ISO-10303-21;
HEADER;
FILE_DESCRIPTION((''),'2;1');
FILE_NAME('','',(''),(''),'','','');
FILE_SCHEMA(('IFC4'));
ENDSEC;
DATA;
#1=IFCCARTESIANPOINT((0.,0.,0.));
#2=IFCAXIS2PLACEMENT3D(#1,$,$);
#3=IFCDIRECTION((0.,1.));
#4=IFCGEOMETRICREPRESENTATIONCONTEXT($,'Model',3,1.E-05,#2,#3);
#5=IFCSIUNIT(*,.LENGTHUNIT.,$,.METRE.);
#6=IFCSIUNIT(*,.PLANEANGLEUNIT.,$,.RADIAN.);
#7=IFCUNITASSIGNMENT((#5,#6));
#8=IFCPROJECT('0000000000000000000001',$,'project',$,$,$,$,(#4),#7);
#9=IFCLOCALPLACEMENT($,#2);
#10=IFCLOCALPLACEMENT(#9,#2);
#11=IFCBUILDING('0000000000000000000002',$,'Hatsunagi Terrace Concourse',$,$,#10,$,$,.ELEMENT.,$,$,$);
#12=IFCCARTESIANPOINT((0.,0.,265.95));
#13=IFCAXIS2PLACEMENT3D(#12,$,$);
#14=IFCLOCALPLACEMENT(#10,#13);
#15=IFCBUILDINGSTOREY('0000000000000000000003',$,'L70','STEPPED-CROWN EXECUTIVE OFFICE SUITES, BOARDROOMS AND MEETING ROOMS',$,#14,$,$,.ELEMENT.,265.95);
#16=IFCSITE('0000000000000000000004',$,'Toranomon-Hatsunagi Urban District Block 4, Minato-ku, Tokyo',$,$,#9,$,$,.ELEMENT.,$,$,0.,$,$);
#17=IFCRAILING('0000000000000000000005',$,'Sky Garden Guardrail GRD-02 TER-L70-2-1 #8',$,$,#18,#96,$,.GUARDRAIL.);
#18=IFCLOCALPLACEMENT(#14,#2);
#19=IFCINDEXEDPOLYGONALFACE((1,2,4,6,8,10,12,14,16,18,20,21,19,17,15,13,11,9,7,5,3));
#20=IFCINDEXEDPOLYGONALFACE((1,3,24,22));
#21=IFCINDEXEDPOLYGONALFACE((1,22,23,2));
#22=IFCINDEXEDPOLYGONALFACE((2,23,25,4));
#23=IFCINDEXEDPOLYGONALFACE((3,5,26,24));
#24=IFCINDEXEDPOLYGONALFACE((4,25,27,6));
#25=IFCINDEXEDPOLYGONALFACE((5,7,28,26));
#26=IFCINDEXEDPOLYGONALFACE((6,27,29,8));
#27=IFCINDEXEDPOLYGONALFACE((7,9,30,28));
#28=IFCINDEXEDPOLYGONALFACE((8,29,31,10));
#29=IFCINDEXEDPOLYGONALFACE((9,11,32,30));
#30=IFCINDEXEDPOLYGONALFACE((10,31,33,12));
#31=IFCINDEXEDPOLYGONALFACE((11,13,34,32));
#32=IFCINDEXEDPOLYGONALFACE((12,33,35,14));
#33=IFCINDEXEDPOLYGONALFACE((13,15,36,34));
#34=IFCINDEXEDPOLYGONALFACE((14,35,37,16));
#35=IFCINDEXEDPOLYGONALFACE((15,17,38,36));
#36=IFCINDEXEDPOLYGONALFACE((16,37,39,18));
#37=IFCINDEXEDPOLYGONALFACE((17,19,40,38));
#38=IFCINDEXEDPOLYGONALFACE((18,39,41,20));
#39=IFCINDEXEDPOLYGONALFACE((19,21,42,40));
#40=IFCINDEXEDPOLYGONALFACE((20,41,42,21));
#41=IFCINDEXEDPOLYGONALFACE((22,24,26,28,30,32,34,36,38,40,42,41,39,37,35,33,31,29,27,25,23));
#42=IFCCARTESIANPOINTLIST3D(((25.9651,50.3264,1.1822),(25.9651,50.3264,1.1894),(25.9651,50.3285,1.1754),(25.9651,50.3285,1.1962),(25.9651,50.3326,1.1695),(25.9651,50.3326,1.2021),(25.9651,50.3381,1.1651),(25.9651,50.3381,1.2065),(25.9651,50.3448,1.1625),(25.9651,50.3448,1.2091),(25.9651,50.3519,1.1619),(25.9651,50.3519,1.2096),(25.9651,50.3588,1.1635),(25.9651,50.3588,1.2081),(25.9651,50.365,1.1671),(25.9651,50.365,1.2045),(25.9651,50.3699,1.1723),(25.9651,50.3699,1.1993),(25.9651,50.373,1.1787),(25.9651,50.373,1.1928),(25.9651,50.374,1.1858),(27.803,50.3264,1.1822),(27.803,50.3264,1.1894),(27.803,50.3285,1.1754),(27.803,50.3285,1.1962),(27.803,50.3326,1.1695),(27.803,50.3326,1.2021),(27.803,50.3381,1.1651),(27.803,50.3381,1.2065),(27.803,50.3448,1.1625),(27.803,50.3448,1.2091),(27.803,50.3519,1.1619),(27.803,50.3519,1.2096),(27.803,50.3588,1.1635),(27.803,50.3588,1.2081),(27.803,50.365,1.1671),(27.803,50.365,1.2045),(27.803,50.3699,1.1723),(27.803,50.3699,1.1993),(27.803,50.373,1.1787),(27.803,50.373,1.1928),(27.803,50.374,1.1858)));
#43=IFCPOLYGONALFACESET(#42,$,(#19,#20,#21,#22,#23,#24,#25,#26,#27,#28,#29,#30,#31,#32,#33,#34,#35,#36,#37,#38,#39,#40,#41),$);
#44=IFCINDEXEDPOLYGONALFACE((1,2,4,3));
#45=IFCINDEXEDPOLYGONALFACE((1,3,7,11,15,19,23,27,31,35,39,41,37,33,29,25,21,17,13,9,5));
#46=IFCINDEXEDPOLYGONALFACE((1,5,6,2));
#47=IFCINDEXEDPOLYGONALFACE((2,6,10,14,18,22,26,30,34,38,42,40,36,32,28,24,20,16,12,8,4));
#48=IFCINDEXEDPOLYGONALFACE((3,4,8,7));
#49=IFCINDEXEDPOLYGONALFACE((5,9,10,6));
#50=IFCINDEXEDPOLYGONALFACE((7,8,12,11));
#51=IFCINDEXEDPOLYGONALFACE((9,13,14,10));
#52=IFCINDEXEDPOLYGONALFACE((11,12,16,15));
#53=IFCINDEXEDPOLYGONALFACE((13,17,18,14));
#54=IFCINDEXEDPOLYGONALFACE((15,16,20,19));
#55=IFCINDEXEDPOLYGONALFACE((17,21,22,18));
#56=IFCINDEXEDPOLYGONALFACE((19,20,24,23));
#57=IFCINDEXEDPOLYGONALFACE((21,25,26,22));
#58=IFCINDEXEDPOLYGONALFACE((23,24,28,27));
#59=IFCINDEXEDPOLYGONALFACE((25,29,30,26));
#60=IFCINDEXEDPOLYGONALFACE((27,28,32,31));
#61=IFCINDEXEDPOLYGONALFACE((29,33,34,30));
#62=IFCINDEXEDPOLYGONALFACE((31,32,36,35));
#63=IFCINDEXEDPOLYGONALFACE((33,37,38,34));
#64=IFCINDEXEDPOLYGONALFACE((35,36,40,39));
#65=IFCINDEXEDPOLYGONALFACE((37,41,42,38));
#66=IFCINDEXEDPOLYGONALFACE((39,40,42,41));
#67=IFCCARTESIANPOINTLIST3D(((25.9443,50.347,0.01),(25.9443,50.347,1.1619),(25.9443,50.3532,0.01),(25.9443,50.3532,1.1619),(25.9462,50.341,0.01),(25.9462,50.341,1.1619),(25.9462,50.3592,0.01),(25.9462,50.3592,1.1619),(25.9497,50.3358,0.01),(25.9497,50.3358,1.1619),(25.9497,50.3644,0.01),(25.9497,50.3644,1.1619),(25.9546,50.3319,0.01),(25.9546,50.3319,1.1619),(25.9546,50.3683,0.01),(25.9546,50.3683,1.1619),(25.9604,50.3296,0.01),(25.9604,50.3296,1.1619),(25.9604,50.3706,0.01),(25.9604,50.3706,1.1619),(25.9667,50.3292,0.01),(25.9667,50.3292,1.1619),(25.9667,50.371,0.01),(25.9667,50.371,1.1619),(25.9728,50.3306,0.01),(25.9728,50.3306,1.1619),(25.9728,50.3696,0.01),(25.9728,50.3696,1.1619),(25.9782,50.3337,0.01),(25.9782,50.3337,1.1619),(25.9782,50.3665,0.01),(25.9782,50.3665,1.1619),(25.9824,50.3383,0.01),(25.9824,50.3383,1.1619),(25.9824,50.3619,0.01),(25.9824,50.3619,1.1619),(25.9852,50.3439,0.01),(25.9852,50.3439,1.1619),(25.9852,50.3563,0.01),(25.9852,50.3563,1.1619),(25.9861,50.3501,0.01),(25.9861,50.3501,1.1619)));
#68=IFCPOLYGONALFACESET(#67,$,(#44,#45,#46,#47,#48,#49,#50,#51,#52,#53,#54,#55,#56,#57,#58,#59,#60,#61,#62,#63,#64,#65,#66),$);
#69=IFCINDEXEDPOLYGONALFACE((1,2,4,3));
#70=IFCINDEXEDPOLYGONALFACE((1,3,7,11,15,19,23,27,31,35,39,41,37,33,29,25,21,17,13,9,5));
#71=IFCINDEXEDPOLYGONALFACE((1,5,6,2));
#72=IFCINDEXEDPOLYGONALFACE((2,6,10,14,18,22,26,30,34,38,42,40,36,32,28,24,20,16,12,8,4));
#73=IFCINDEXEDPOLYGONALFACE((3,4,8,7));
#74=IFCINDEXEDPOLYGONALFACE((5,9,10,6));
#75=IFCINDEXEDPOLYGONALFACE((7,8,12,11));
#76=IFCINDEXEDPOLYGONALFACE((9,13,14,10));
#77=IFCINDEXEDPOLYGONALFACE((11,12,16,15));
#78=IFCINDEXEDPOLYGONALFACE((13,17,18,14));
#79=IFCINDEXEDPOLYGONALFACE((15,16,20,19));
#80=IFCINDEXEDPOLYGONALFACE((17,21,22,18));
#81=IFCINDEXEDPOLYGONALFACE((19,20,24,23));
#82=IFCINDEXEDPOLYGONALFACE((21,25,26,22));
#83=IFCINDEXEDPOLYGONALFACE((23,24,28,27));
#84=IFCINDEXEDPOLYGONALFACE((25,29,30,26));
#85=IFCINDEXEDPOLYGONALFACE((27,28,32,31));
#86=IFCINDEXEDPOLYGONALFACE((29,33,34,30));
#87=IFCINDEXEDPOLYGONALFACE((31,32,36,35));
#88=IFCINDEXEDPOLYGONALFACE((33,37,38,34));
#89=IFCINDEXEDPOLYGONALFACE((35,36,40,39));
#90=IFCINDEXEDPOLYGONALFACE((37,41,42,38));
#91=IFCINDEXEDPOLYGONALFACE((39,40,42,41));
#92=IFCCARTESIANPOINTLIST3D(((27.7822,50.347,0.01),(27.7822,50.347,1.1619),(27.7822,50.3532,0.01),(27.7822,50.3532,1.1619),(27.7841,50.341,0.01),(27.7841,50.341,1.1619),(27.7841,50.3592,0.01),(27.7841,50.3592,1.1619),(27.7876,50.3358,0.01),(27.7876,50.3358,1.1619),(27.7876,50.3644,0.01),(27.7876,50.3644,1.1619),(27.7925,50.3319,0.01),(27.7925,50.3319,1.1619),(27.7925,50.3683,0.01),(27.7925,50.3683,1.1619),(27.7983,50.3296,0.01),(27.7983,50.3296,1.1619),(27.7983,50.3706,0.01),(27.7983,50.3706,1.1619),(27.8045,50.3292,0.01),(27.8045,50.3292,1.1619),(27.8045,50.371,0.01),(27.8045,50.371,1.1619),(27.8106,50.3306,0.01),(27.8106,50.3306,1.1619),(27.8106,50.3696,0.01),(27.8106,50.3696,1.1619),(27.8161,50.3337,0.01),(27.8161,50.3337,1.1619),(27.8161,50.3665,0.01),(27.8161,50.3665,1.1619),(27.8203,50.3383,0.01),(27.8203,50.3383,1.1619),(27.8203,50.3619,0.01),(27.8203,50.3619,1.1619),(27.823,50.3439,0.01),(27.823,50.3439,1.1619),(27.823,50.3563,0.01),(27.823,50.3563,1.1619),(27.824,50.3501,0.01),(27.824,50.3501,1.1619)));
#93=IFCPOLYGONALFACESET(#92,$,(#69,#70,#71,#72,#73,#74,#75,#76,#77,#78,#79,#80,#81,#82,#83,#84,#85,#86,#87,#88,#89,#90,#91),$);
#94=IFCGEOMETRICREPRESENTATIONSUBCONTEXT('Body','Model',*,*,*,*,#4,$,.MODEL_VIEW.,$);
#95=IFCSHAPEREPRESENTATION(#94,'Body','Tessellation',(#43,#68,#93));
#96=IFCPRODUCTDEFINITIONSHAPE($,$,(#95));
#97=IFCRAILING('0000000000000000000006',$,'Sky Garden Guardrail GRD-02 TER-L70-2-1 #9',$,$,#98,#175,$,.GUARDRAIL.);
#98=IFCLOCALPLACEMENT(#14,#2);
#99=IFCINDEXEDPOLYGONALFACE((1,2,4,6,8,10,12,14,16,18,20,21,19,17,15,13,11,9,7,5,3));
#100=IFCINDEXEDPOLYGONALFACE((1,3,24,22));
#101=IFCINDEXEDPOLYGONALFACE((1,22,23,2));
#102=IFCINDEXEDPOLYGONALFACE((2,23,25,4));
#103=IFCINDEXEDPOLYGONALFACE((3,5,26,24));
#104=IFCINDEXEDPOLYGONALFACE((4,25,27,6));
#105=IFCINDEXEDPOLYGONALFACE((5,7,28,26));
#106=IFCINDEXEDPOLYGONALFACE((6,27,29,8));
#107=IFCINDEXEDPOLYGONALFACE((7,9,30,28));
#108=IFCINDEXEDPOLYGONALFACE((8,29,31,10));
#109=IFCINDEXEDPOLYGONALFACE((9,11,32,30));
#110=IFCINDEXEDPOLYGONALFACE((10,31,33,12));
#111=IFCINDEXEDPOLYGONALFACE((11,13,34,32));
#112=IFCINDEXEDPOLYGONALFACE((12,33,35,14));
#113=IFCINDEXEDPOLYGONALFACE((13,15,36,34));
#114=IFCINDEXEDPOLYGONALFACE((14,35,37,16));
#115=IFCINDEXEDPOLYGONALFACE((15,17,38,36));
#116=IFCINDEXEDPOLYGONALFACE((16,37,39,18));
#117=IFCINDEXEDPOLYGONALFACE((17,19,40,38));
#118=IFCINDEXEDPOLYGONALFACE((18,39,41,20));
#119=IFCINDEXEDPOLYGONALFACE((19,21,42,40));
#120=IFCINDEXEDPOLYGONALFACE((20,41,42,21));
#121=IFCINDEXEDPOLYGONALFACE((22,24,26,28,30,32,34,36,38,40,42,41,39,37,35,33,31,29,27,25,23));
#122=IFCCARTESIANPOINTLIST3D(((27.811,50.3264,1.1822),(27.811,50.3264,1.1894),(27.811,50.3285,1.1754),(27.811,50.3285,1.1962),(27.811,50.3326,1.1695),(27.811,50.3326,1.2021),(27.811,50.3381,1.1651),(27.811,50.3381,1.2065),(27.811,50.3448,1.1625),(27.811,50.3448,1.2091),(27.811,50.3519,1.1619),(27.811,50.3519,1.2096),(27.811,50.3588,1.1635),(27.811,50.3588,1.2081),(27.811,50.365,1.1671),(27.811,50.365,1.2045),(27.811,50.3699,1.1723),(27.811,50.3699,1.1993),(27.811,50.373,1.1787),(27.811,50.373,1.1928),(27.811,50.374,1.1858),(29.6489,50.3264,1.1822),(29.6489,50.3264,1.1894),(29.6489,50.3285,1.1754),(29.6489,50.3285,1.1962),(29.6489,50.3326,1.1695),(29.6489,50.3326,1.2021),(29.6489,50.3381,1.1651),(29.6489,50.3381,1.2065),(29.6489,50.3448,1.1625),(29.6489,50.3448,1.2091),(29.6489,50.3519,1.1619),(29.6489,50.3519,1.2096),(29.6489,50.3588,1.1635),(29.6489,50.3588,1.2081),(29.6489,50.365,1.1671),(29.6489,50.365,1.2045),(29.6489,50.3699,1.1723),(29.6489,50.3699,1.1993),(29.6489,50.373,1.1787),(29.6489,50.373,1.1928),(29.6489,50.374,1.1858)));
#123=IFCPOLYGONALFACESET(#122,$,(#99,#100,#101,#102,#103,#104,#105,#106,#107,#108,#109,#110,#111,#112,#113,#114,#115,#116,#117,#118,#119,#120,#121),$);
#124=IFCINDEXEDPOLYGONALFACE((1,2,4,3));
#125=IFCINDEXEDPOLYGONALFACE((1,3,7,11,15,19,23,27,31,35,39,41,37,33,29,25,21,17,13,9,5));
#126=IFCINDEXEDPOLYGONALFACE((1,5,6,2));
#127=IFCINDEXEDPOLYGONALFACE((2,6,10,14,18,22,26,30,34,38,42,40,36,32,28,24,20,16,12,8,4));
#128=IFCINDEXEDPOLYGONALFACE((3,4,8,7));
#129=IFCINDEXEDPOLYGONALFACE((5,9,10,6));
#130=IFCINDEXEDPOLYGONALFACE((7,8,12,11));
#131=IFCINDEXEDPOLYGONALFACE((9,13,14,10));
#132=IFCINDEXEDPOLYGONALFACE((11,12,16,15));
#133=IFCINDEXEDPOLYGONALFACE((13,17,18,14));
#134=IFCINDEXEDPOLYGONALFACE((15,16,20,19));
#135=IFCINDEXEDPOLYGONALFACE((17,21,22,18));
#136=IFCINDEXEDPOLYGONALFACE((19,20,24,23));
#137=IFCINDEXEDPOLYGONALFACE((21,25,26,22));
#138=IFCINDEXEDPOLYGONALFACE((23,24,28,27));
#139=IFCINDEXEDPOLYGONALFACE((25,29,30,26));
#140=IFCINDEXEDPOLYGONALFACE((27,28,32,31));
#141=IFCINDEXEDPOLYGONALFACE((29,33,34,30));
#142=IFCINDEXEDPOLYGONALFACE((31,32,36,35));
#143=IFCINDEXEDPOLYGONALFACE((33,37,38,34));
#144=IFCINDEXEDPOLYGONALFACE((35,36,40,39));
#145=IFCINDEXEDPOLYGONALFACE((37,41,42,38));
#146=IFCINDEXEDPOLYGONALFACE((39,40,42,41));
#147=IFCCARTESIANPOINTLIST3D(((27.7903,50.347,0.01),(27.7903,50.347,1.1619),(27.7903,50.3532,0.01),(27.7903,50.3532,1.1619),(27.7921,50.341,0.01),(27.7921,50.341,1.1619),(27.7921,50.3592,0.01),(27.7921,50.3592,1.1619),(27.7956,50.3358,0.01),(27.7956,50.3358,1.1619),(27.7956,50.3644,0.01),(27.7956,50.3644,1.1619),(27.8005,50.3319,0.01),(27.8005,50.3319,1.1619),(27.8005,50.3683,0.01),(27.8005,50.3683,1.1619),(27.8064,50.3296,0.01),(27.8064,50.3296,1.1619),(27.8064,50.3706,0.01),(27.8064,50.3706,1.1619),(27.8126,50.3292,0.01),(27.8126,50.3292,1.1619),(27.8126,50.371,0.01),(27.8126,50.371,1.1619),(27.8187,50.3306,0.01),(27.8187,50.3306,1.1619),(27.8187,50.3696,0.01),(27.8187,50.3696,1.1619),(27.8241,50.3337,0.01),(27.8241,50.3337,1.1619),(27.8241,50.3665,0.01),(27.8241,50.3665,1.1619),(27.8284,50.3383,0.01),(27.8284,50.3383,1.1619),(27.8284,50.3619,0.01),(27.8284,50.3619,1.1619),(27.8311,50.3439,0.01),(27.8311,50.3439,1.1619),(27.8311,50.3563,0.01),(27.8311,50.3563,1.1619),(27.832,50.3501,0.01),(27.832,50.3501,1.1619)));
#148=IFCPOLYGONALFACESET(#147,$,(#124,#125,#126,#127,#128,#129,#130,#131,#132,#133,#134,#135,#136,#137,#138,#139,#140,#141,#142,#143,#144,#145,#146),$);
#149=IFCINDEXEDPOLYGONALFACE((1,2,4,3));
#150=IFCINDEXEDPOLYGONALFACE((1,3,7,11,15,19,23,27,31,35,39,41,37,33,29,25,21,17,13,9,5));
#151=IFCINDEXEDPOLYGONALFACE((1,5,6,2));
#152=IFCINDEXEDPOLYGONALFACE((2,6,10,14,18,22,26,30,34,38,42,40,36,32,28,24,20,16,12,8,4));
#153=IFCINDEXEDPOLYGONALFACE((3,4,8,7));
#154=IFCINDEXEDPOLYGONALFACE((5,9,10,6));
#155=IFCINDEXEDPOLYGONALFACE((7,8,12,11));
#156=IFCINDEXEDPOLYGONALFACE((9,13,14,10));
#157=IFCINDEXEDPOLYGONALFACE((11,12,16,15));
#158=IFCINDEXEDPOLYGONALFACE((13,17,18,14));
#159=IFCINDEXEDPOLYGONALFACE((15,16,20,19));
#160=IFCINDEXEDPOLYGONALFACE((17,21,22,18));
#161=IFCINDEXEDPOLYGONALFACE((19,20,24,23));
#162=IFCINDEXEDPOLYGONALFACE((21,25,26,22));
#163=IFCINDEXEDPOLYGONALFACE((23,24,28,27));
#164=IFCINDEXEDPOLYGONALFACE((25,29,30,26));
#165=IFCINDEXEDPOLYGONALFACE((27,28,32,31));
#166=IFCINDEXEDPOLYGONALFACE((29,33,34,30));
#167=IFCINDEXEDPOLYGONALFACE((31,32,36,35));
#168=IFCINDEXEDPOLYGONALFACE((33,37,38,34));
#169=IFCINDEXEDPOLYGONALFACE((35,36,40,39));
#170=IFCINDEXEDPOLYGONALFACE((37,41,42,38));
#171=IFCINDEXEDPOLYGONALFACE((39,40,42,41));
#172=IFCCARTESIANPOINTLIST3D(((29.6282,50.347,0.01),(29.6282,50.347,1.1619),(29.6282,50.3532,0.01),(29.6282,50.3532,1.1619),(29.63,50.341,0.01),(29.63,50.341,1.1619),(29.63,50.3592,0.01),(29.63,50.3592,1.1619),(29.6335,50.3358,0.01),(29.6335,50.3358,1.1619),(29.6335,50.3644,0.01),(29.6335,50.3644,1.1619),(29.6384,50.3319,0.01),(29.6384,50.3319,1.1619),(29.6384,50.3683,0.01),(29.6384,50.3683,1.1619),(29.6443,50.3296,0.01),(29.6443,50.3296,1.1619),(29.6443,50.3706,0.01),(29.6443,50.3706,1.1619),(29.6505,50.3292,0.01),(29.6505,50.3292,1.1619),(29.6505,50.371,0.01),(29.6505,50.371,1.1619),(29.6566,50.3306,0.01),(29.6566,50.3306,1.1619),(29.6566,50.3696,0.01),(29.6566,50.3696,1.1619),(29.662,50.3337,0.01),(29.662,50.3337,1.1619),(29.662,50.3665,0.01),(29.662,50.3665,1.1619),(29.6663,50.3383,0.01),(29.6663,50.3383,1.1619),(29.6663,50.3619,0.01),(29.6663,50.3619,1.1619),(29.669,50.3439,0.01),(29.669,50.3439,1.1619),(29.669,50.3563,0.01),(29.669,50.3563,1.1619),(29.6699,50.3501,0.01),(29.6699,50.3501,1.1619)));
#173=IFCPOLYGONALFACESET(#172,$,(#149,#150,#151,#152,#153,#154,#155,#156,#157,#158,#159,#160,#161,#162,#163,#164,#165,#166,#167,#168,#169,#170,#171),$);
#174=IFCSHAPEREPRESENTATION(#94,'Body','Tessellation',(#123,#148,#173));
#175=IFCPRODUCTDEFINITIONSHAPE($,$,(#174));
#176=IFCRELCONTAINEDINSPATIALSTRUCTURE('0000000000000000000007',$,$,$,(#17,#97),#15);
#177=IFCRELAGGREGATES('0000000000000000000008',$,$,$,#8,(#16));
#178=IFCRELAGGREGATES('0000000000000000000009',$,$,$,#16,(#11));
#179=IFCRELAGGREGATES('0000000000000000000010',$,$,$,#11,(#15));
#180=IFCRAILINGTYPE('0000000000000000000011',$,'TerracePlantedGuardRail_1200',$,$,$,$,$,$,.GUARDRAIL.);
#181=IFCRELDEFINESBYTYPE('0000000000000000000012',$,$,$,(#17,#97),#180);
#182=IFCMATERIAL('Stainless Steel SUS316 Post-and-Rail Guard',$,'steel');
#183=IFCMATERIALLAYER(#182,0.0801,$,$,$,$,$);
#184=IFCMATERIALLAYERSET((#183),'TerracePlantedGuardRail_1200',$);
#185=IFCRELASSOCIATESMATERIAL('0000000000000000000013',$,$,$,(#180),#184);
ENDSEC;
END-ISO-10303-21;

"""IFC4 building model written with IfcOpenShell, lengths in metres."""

from ifc_helpers import new_model, si_unit, direction, frame, origin, origin_2d, place, context, subcontext, project, spatial, circle, extrude, material, layer, layer_set, type_object, element, save


model = new_model("IFC4")

# Units and contexts
model_context = context("Model", 3, precision=1e-05, world=origin(), true_north=direction((0.0, 1.0)))
body_context = subcontext(model_context, "Body", "Model", "MODEL_VIEW")
ifc_project = project(units=[si_unit("LENGTHUNIT", "METRE"), si_unit("PLANEANGLEUNIT", "RADIAN")], contexts=[model_context])

# Site, building, storey
site_placement = place(None, origin())
site = spatial("IfcSite", under=ifc_project, at=site_placement, Name="Toranomon-Hatsunagi Urban District Block 4, Minato-ku, Tokyo", CompositionType="ELEMENT", RefElevation=0.0)
building_placement = place(site_placement, origin())
building = spatial("IfcBuilding", under=site, at=building_placement, Name="Hatsunagi Terrace Concourse", CompositionType="ELEMENT")
storey_placement = place(building_placement, frame((0.0, 0.0, 265.95)))
storey = spatial("IfcBuildingStorey", under=building, at=storey_placement, Name="L70", Description="STEPPED-CROWN EXECUTIVE OFFICE SUITES, BOARDROOMS AND MEETING ROOMS", CompositionType="ELEMENT", Elevation=265.95)

# Railings
ifc_material_1 = material(Name="Stainless Steel SUS316 Post-and-Rail Guard", Category="steel")
ifc_layer_1 = layer(ifc_material_1, 0.0801)
ifc_layer_set_1 = layer_set([ifc_layer_1], Name="TerracePlantedGuardRail_1200")
railing_type = type_object("IfcRailingType", Name="TerracePlantedGuardRail_1200", PredefinedType="GUARDRAIL", material=ifc_layer_set_1)
for number, where, name in (
    (1, (25.9651, 50.3501, 0.01), "Sky Garden Guardrail GRD-02 TER-L70-2-1 #8"),
    (2, (27.811, 50.3501, 0.01), "Sky Garden Guardrail GRD-02 TER-L70-2-1 #9"),
):
    element("IfcRailing", number, at=place(storey_placement, frame(where)), inside=storey, type_object=railing_type, Name=name, PredefinedType="GUARDRAIL", context=body_context, shape_type="SweptSolid", body=[
        extrude(circle(Radius=0.0239, at=origin_2d()), frame((0.0, 0.0, 1.1758), z_axis=(1.0, 0.0, 0.0), x_axis=(0.0, 1.0, 0.0)), (0.0, 0.0, 1.0), 1.8379),
        extrude(circle(Radius=0.021, at=origin_2d()), origin(), (0.0, 0.0, 1.0), 1.1519),
        extrude(circle(Radius=0.021, at=origin_2d()), frame((1.8379, 0.0, 0.0)), (0.0, 0.0, 1.0), 1.1519),
    ])

save(model, "model.ifc")
